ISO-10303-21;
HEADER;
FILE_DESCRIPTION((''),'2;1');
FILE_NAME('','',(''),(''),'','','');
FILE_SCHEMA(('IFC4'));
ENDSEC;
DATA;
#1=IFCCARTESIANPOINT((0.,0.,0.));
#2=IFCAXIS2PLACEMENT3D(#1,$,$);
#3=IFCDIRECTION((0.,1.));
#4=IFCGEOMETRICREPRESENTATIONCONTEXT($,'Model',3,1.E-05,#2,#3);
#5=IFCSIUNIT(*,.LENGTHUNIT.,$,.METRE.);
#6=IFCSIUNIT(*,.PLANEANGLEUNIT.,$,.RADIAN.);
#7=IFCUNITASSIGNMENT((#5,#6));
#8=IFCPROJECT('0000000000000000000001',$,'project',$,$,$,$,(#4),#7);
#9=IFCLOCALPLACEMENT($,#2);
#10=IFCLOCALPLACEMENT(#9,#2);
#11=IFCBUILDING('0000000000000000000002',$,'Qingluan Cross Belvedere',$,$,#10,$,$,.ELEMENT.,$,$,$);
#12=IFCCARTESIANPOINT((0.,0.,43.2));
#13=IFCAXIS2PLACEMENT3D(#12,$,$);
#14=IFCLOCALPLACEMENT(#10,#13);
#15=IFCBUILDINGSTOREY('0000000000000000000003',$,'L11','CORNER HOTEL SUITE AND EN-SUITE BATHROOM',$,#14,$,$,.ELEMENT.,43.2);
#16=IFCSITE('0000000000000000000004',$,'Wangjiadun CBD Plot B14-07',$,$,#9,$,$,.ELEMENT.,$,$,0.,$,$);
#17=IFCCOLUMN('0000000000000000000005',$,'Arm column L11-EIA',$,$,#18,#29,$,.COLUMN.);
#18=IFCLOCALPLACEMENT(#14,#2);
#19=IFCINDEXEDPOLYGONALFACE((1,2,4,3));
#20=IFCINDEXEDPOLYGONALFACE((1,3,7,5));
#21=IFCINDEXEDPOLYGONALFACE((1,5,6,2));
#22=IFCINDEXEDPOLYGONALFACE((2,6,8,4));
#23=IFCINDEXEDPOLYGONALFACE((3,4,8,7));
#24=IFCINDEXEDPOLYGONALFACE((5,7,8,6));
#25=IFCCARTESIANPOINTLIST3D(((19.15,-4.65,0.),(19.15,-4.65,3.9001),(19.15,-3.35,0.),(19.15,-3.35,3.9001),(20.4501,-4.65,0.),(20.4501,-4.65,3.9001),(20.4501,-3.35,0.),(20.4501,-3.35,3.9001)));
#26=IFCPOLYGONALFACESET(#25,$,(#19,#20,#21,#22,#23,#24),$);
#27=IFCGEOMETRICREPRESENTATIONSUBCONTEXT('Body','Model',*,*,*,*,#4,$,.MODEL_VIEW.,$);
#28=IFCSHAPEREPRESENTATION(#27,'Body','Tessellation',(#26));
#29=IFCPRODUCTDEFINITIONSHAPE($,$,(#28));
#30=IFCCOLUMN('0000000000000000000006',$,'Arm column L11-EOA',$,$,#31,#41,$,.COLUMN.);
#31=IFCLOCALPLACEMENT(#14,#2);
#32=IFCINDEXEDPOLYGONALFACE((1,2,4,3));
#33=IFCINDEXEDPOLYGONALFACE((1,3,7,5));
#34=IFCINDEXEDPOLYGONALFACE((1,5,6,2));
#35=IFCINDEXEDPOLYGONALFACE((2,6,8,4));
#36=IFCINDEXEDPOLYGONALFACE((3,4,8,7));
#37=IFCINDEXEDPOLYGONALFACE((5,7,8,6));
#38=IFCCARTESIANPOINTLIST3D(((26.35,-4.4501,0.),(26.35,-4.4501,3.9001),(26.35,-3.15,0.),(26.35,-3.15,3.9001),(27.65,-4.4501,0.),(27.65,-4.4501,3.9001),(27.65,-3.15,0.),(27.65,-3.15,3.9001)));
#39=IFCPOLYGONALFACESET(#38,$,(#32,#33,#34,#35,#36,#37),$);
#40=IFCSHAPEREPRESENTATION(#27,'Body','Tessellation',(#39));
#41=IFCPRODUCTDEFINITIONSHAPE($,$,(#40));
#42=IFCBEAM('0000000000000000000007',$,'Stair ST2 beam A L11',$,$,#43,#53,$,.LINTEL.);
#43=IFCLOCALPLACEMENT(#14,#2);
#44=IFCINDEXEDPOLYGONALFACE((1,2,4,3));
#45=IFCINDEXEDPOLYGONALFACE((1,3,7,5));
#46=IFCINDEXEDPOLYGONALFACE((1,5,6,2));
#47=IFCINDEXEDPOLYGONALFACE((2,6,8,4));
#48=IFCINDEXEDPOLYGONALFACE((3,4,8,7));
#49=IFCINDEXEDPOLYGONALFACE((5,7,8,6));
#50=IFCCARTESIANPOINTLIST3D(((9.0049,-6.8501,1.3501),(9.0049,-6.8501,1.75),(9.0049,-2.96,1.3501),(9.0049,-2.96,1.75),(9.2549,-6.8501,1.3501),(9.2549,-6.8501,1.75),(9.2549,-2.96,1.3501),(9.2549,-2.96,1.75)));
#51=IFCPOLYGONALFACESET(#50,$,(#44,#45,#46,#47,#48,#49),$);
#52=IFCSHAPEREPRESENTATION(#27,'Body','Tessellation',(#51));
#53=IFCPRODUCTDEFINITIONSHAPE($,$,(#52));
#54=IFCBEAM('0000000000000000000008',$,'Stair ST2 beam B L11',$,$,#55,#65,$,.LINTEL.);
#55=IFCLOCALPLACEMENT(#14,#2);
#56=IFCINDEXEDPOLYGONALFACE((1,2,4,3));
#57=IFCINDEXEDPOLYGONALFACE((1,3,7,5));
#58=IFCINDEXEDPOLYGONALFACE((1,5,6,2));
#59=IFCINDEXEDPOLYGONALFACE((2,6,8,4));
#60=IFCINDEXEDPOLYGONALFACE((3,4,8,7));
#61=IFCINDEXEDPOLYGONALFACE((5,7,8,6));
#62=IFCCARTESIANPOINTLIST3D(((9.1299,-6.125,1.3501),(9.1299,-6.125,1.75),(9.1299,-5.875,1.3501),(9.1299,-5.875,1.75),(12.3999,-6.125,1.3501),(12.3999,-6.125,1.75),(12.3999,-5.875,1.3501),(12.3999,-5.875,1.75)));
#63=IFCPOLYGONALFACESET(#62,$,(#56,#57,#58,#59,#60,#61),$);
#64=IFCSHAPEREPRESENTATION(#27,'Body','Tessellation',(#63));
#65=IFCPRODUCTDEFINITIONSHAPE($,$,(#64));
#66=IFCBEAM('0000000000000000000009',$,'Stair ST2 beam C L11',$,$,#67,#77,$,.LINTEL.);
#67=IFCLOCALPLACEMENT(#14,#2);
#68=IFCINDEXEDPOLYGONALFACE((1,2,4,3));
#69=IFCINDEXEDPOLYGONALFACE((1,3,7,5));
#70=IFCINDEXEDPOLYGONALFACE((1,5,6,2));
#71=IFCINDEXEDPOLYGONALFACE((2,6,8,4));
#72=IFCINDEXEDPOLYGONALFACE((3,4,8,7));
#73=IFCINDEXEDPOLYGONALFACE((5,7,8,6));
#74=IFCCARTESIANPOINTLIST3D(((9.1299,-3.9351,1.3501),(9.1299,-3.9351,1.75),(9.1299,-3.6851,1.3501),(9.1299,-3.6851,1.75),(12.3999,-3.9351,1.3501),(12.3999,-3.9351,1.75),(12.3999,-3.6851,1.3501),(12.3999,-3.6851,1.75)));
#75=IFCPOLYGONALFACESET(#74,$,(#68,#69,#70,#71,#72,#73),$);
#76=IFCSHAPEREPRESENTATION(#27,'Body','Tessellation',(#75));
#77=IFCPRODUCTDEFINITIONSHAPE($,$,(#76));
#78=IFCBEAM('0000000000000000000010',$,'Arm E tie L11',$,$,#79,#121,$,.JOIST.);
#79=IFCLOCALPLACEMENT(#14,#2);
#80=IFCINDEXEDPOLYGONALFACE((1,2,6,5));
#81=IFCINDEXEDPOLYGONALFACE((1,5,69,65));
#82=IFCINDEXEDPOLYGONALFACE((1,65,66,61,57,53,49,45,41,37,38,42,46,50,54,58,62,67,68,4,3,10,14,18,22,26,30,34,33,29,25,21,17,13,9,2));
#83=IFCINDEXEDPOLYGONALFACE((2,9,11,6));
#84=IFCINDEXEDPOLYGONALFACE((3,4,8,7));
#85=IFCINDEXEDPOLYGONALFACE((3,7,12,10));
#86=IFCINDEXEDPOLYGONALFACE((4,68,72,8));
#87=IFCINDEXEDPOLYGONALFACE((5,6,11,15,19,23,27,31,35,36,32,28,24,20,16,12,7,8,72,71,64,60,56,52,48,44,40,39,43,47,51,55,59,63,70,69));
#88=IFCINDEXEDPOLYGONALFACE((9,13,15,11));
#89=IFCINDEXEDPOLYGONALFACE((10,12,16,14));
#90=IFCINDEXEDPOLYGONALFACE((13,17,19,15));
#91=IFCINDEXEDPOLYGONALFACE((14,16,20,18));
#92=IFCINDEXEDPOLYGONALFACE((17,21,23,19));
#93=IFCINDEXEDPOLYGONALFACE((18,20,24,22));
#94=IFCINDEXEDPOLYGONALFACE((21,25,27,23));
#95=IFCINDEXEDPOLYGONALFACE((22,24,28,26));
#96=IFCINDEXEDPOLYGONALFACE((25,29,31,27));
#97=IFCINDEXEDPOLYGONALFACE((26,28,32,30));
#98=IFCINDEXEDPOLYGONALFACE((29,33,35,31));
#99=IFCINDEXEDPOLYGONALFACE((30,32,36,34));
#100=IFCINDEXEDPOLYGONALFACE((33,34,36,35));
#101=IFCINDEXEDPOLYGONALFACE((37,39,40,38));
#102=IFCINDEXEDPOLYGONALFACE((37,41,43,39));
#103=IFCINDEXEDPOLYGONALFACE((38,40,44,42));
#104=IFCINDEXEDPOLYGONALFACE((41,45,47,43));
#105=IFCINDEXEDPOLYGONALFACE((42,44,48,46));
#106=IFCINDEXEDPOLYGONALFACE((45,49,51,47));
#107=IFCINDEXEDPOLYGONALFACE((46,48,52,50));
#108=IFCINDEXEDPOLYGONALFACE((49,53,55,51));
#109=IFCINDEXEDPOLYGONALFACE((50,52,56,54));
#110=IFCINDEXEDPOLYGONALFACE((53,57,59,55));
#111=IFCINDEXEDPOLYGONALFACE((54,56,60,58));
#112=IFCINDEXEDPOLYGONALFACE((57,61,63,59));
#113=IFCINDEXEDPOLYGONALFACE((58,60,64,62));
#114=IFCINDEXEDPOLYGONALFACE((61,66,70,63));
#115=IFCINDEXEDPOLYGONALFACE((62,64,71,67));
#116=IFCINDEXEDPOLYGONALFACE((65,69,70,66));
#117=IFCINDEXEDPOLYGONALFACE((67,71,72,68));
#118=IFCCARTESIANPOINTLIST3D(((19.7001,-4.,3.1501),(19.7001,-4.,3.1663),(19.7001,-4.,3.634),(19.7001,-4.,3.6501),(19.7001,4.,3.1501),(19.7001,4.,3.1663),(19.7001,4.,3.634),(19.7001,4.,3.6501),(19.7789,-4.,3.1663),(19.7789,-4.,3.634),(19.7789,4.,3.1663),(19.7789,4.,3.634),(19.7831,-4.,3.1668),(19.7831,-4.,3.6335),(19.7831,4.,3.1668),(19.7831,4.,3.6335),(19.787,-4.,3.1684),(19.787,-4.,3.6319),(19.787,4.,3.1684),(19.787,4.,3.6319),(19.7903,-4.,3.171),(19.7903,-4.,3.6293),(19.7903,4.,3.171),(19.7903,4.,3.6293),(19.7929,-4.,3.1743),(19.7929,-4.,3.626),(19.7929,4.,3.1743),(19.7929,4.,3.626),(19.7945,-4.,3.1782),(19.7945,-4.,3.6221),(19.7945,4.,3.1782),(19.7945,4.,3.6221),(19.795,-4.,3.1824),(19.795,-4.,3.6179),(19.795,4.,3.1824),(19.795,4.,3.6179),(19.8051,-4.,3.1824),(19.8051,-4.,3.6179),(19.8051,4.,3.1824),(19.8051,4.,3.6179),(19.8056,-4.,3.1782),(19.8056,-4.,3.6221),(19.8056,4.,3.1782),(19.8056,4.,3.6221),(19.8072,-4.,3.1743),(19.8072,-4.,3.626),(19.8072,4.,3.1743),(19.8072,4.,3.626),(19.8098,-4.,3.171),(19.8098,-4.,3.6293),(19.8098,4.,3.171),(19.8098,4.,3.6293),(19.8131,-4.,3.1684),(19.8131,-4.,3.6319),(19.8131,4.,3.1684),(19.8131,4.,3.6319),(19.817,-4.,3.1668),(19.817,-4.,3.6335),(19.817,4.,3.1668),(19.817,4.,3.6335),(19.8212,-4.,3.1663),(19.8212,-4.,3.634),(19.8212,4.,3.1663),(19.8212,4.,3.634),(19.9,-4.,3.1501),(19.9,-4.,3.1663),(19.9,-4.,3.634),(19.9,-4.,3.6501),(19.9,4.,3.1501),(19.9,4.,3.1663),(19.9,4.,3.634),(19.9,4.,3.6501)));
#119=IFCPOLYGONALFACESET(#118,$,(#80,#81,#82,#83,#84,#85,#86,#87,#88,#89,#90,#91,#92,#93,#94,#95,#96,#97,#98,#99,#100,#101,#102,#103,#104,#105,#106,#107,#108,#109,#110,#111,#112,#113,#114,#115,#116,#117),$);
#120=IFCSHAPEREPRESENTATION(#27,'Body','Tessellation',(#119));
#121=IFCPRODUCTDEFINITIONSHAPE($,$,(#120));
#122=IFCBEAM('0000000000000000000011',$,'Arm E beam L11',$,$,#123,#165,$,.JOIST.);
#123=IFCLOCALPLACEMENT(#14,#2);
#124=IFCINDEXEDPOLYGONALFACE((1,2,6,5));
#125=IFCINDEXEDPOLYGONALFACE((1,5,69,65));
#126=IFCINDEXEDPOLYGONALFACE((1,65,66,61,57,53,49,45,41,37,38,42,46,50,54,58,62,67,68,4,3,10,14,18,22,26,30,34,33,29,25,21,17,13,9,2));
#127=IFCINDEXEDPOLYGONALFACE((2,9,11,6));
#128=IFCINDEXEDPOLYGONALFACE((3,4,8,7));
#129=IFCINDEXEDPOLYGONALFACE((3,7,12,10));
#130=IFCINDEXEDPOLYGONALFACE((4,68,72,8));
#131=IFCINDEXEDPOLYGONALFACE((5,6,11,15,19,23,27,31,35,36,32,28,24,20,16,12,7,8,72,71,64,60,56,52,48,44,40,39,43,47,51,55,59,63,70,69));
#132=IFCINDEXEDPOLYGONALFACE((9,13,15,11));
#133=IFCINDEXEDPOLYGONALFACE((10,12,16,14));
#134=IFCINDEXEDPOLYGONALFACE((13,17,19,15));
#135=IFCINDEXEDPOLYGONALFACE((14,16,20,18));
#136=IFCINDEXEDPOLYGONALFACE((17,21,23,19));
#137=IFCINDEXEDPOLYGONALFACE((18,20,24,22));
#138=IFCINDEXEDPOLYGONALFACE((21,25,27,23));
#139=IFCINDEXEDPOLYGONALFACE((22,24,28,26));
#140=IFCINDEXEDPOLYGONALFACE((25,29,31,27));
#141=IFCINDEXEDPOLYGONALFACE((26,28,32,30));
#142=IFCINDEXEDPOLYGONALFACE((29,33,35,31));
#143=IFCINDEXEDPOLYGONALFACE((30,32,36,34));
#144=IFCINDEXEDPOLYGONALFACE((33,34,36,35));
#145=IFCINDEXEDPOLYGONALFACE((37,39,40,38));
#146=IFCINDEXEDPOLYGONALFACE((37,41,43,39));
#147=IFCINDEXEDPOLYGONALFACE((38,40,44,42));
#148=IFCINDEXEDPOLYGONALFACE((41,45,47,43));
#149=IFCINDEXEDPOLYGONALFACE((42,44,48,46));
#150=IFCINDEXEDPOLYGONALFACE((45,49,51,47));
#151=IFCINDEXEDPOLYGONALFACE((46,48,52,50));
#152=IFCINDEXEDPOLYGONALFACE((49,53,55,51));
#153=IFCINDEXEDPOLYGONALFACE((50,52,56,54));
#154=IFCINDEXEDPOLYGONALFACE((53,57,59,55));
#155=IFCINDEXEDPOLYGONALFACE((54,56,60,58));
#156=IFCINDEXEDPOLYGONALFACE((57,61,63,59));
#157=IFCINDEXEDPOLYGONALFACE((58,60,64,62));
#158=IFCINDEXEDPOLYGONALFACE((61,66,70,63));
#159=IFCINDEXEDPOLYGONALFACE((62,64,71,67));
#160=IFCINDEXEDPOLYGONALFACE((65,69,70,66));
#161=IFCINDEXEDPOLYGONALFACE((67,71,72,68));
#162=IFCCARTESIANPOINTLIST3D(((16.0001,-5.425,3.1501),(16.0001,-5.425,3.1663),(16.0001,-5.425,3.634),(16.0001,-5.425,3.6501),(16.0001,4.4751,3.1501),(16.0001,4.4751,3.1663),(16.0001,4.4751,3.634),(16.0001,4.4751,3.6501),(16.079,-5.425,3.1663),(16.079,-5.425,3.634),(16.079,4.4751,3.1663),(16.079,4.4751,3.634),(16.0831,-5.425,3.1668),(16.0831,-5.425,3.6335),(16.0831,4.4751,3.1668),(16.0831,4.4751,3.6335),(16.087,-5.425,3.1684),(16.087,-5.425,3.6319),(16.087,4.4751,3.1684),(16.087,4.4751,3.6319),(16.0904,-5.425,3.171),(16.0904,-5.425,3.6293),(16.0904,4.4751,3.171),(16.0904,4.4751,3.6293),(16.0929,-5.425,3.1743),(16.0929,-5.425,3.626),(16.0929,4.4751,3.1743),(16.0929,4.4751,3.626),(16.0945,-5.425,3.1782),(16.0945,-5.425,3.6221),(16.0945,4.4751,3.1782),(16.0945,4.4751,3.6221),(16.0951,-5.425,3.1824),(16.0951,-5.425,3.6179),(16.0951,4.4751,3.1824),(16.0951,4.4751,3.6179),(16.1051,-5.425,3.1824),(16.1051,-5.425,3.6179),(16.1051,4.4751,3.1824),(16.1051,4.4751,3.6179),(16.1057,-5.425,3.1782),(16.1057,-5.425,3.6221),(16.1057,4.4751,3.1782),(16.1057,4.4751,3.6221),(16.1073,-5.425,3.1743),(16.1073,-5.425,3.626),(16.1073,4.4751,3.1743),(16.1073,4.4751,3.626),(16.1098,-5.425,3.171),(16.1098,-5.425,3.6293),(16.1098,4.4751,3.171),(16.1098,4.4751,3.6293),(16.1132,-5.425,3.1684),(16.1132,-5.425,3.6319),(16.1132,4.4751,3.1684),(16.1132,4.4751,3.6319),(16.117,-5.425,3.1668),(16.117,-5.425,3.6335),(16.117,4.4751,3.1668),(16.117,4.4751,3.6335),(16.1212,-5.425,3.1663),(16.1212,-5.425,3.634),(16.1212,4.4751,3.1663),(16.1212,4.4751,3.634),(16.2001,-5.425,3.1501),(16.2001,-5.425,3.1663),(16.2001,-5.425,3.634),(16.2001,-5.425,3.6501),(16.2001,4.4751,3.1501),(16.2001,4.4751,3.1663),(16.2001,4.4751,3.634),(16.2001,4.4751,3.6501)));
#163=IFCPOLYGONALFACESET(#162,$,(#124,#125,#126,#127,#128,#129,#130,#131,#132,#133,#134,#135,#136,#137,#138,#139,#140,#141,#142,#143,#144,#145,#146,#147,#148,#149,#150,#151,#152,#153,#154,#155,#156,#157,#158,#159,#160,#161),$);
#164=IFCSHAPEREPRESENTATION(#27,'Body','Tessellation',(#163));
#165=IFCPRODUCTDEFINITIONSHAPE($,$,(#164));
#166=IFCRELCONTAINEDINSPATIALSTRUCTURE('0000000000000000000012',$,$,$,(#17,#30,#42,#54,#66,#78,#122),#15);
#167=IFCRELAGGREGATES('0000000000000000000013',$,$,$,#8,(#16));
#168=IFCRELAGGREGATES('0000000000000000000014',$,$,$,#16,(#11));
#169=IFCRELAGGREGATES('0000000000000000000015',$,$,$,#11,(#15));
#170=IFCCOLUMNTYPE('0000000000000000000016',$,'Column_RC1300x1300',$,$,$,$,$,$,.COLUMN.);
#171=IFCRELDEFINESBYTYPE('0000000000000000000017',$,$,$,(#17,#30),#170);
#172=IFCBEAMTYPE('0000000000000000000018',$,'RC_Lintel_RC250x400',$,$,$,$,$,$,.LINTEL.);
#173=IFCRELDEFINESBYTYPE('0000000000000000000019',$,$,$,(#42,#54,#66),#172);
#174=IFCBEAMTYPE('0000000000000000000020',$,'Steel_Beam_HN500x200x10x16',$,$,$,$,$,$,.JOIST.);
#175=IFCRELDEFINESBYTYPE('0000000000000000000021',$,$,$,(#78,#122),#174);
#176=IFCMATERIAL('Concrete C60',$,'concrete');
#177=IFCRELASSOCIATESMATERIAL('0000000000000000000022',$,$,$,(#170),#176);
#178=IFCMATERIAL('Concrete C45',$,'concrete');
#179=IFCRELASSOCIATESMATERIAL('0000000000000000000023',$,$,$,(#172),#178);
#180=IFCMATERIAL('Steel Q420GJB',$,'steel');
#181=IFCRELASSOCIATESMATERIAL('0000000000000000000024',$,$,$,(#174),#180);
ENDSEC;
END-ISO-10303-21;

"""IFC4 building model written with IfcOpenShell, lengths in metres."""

from ifc_helpers import new_model, si_unit, direction, frame, origin, origin_2d, place, context, subcontext, project, spatial, rectangle, i_section, extrude, material, material_profile, profile_set, type_object, element, save


model = new_model("IFC4")

# Units and contexts
model_context = context("Model", 3, precision=1e-05, world=origin(), true_north=direction((0.0, 1.0)))
body_context = subcontext(model_context, "Body", "Model", "MODEL_VIEW")
ifc_project = project(units=[si_unit("LENGTHUNIT", "METRE"), si_unit("PLANEANGLEUNIT", "RADIAN")], contexts=[model_context])

# Site, building, storey
site_placement = place(None, origin())
site = spatial("IfcSite", under=ifc_project, at=site_placement, Name="Wangjiadun CBD Plot B14-07", CompositionType="ELEMENT", RefElevation=0.0)
building_placement = place(site_placement, origin())
building = spatial("IfcBuilding", under=site, at=building_placement, Name="Qingluan Cross Belvedere", CompositionType="ELEMENT")
storey_placement = place(building_placement, frame((0.0, 0.0, 43.2)))
storey = spatial("IfcBuildingStorey", under=building, at=storey_placement, Name="L11", Description="CORNER HOTEL SUITE AND EN-SUITE BATHROOM", CompositionType="ELEMENT", Elevation=43.2)

# Columns
ifc_material_1 = material(Name="Concrete C60", Category="concrete")
ifc_material_profile_1 = material_profile(ifc_material_1, rectangle(XDim=1.3, YDim=1.3, at=origin_2d()), Name="RC1300x1300")
ifc_profile_set_1 = profile_set([ifc_material_profile_1], Name="Concrete C60")
column_type = type_object("IfcColumnType", Name="Column_RC1300x1300", PredefinedType="COLUMN", material=ifc_profile_set_1)
for number, where, z_axis, x_axis, name in (
    (1, (19.8, -4.0, 0.0), (0.0, 0.0, 1.0), (1.0, 0.0, 0.0), "Arm column L11-EIA"),
    (2, (27.0, -3.8, 0.0), (0.0, 0.0, 1.0), (1.0, 0.0, 0.0), "Arm column L11-EOA"),
):
    element("IfcColumn", number, at=place(storey_placement, frame(where, z_axis=z_axis, x_axis=x_axis)), inside=storey, type_object=column_type, Name=name, PredefinedType="COLUMN", context=body_context, shape_type="SweptSolid", body=[
        extrude(rectangle(XDim=1.3, YDim=1.3, at=origin_2d()), origin(), (0.0, 0.0, 1.0), 3.9001),
    ])

# Beams
ifc_material_2 = material(Name="Concrete C45", Category="concrete")
ifc_material_profile_2 = material_profile(ifc_material_2, rectangle(XDim=0.25, YDim=0.3999, at=origin_2d()), Name="RC250x400")
ifc_profile_set_2 = profile_set([ifc_material_profile_2], Name="Concrete C45")
beam_type_1 = type_object("IfcBeamType", Name="RC_Lintel_RC250x400", PredefinedType="LINTEL", material=ifc_profile_set_2)
beam_1_placement = place(storey_placement, frame((9.1299, -6.8501, 1.55), z_axis=(0.0, 1.0, 0.0), x_axis=(-1.0, 0.0, 0.0)))
element("IfcBeam", 3, at=beam_1_placement, inside=storey, type_object=beam_type_1, Name="Stair ST2 beam A L11", PredefinedType="LINTEL", context=body_context, shape_type="SweptSolid", body=[
    extrude(rectangle(XDim=0.25, YDim=0.3999, at=origin_2d()), origin(), (0.0, 0.0, 1.0), 3.8901),
])
for number, where, z_axis, x_axis, name in (
    (4, (12.3999, -6.0, 1.55), (-1.0, 0.0, 0.0), (0.0, -1.0, 0.0), "Stair ST2 beam B L11"),
    (5, (12.3999, -3.8101, 1.55), (-1.0, 0.0, 0.0), (0.0, -1.0, 0.0), "Stair ST2 beam C L11"),
):
    element("IfcBeam", number, at=place(storey_placement, frame(where, z_axis=z_axis, x_axis=x_axis)), inside=storey, type_object=beam_type_1, Name=name, PredefinedType="LINTEL", context=body_context, shape_type="SweptSolid", body=[
        extrude(rectangle(XDim=0.25, YDim=0.3999, at=origin_2d()), origin(), (0.0, 0.0, 1.0), 3.27),
    ])
ifc_material_3 = material(Name="Steel Q420GJB", Category="steel")
ifc_material_profile_3 = material_profile(ifc_material_3, i_section(OverallWidth=0.2, OverallDepth=0.5, WebThickness=0.01, FlangeThickness=0.0161, FilletRadius=0.0161, at=origin_2d()), Name="HN500x200x10x16")
ifc_profile_set_3 = profile_set([ifc_material_profile_3], Name="Steel Q420GJB")
beam_type_2 = type_object("IfcBeamType", Name="Steel_Beam_HN500x200x10x16", PredefinedType="JOIST", material=ifc_profile_set_3)
beam_2_placement = place(storey_placement, frame((19.8, -4.0, 3.4001), z_axis=(0.0, 1.0, 0.0), x_axis=(-1.0, 0.0, 0.0)))
element("IfcBeam", 6, at=beam_2_placement, inside=storey, type_object=beam_type_2, Name="Arm E tie L11", PredefinedType="JOIST", context=body_context, shape_type="SweptSolid", body=[
    extrude(i_section(OverallWidth=0.2, OverallDepth=0.5, WebThickness=0.01, FlangeThickness=0.0161, FilletRadius=0.0161, at=origin_2d()), origin(), (0.0, 0.0, 1.0), 8.0),
])
beam_3_placement = place(storey_placement, frame((16.1001, -5.425, 3.4001), z_axis=(0.0, 1.0, 0.0), x_axis=(-1.0, 0.0, 0.0)))
element("IfcBeam", 7, at=beam_3_placement, inside=storey, type_object=beam_type_2, Name="Arm E beam L11", PredefinedType="JOIST", context=body_context, shape_type="SweptSolid", body=[
    extrude(i_section(OverallWidth=0.2, OverallDepth=0.5, WebThickness=0.01, FlangeThickness=0.0161, FilletRadius=0.0161, at=origin_2d()), origin(), (0.0, 0.0, 1.0), 9.9001),
])

save(model, "model.ifc")
